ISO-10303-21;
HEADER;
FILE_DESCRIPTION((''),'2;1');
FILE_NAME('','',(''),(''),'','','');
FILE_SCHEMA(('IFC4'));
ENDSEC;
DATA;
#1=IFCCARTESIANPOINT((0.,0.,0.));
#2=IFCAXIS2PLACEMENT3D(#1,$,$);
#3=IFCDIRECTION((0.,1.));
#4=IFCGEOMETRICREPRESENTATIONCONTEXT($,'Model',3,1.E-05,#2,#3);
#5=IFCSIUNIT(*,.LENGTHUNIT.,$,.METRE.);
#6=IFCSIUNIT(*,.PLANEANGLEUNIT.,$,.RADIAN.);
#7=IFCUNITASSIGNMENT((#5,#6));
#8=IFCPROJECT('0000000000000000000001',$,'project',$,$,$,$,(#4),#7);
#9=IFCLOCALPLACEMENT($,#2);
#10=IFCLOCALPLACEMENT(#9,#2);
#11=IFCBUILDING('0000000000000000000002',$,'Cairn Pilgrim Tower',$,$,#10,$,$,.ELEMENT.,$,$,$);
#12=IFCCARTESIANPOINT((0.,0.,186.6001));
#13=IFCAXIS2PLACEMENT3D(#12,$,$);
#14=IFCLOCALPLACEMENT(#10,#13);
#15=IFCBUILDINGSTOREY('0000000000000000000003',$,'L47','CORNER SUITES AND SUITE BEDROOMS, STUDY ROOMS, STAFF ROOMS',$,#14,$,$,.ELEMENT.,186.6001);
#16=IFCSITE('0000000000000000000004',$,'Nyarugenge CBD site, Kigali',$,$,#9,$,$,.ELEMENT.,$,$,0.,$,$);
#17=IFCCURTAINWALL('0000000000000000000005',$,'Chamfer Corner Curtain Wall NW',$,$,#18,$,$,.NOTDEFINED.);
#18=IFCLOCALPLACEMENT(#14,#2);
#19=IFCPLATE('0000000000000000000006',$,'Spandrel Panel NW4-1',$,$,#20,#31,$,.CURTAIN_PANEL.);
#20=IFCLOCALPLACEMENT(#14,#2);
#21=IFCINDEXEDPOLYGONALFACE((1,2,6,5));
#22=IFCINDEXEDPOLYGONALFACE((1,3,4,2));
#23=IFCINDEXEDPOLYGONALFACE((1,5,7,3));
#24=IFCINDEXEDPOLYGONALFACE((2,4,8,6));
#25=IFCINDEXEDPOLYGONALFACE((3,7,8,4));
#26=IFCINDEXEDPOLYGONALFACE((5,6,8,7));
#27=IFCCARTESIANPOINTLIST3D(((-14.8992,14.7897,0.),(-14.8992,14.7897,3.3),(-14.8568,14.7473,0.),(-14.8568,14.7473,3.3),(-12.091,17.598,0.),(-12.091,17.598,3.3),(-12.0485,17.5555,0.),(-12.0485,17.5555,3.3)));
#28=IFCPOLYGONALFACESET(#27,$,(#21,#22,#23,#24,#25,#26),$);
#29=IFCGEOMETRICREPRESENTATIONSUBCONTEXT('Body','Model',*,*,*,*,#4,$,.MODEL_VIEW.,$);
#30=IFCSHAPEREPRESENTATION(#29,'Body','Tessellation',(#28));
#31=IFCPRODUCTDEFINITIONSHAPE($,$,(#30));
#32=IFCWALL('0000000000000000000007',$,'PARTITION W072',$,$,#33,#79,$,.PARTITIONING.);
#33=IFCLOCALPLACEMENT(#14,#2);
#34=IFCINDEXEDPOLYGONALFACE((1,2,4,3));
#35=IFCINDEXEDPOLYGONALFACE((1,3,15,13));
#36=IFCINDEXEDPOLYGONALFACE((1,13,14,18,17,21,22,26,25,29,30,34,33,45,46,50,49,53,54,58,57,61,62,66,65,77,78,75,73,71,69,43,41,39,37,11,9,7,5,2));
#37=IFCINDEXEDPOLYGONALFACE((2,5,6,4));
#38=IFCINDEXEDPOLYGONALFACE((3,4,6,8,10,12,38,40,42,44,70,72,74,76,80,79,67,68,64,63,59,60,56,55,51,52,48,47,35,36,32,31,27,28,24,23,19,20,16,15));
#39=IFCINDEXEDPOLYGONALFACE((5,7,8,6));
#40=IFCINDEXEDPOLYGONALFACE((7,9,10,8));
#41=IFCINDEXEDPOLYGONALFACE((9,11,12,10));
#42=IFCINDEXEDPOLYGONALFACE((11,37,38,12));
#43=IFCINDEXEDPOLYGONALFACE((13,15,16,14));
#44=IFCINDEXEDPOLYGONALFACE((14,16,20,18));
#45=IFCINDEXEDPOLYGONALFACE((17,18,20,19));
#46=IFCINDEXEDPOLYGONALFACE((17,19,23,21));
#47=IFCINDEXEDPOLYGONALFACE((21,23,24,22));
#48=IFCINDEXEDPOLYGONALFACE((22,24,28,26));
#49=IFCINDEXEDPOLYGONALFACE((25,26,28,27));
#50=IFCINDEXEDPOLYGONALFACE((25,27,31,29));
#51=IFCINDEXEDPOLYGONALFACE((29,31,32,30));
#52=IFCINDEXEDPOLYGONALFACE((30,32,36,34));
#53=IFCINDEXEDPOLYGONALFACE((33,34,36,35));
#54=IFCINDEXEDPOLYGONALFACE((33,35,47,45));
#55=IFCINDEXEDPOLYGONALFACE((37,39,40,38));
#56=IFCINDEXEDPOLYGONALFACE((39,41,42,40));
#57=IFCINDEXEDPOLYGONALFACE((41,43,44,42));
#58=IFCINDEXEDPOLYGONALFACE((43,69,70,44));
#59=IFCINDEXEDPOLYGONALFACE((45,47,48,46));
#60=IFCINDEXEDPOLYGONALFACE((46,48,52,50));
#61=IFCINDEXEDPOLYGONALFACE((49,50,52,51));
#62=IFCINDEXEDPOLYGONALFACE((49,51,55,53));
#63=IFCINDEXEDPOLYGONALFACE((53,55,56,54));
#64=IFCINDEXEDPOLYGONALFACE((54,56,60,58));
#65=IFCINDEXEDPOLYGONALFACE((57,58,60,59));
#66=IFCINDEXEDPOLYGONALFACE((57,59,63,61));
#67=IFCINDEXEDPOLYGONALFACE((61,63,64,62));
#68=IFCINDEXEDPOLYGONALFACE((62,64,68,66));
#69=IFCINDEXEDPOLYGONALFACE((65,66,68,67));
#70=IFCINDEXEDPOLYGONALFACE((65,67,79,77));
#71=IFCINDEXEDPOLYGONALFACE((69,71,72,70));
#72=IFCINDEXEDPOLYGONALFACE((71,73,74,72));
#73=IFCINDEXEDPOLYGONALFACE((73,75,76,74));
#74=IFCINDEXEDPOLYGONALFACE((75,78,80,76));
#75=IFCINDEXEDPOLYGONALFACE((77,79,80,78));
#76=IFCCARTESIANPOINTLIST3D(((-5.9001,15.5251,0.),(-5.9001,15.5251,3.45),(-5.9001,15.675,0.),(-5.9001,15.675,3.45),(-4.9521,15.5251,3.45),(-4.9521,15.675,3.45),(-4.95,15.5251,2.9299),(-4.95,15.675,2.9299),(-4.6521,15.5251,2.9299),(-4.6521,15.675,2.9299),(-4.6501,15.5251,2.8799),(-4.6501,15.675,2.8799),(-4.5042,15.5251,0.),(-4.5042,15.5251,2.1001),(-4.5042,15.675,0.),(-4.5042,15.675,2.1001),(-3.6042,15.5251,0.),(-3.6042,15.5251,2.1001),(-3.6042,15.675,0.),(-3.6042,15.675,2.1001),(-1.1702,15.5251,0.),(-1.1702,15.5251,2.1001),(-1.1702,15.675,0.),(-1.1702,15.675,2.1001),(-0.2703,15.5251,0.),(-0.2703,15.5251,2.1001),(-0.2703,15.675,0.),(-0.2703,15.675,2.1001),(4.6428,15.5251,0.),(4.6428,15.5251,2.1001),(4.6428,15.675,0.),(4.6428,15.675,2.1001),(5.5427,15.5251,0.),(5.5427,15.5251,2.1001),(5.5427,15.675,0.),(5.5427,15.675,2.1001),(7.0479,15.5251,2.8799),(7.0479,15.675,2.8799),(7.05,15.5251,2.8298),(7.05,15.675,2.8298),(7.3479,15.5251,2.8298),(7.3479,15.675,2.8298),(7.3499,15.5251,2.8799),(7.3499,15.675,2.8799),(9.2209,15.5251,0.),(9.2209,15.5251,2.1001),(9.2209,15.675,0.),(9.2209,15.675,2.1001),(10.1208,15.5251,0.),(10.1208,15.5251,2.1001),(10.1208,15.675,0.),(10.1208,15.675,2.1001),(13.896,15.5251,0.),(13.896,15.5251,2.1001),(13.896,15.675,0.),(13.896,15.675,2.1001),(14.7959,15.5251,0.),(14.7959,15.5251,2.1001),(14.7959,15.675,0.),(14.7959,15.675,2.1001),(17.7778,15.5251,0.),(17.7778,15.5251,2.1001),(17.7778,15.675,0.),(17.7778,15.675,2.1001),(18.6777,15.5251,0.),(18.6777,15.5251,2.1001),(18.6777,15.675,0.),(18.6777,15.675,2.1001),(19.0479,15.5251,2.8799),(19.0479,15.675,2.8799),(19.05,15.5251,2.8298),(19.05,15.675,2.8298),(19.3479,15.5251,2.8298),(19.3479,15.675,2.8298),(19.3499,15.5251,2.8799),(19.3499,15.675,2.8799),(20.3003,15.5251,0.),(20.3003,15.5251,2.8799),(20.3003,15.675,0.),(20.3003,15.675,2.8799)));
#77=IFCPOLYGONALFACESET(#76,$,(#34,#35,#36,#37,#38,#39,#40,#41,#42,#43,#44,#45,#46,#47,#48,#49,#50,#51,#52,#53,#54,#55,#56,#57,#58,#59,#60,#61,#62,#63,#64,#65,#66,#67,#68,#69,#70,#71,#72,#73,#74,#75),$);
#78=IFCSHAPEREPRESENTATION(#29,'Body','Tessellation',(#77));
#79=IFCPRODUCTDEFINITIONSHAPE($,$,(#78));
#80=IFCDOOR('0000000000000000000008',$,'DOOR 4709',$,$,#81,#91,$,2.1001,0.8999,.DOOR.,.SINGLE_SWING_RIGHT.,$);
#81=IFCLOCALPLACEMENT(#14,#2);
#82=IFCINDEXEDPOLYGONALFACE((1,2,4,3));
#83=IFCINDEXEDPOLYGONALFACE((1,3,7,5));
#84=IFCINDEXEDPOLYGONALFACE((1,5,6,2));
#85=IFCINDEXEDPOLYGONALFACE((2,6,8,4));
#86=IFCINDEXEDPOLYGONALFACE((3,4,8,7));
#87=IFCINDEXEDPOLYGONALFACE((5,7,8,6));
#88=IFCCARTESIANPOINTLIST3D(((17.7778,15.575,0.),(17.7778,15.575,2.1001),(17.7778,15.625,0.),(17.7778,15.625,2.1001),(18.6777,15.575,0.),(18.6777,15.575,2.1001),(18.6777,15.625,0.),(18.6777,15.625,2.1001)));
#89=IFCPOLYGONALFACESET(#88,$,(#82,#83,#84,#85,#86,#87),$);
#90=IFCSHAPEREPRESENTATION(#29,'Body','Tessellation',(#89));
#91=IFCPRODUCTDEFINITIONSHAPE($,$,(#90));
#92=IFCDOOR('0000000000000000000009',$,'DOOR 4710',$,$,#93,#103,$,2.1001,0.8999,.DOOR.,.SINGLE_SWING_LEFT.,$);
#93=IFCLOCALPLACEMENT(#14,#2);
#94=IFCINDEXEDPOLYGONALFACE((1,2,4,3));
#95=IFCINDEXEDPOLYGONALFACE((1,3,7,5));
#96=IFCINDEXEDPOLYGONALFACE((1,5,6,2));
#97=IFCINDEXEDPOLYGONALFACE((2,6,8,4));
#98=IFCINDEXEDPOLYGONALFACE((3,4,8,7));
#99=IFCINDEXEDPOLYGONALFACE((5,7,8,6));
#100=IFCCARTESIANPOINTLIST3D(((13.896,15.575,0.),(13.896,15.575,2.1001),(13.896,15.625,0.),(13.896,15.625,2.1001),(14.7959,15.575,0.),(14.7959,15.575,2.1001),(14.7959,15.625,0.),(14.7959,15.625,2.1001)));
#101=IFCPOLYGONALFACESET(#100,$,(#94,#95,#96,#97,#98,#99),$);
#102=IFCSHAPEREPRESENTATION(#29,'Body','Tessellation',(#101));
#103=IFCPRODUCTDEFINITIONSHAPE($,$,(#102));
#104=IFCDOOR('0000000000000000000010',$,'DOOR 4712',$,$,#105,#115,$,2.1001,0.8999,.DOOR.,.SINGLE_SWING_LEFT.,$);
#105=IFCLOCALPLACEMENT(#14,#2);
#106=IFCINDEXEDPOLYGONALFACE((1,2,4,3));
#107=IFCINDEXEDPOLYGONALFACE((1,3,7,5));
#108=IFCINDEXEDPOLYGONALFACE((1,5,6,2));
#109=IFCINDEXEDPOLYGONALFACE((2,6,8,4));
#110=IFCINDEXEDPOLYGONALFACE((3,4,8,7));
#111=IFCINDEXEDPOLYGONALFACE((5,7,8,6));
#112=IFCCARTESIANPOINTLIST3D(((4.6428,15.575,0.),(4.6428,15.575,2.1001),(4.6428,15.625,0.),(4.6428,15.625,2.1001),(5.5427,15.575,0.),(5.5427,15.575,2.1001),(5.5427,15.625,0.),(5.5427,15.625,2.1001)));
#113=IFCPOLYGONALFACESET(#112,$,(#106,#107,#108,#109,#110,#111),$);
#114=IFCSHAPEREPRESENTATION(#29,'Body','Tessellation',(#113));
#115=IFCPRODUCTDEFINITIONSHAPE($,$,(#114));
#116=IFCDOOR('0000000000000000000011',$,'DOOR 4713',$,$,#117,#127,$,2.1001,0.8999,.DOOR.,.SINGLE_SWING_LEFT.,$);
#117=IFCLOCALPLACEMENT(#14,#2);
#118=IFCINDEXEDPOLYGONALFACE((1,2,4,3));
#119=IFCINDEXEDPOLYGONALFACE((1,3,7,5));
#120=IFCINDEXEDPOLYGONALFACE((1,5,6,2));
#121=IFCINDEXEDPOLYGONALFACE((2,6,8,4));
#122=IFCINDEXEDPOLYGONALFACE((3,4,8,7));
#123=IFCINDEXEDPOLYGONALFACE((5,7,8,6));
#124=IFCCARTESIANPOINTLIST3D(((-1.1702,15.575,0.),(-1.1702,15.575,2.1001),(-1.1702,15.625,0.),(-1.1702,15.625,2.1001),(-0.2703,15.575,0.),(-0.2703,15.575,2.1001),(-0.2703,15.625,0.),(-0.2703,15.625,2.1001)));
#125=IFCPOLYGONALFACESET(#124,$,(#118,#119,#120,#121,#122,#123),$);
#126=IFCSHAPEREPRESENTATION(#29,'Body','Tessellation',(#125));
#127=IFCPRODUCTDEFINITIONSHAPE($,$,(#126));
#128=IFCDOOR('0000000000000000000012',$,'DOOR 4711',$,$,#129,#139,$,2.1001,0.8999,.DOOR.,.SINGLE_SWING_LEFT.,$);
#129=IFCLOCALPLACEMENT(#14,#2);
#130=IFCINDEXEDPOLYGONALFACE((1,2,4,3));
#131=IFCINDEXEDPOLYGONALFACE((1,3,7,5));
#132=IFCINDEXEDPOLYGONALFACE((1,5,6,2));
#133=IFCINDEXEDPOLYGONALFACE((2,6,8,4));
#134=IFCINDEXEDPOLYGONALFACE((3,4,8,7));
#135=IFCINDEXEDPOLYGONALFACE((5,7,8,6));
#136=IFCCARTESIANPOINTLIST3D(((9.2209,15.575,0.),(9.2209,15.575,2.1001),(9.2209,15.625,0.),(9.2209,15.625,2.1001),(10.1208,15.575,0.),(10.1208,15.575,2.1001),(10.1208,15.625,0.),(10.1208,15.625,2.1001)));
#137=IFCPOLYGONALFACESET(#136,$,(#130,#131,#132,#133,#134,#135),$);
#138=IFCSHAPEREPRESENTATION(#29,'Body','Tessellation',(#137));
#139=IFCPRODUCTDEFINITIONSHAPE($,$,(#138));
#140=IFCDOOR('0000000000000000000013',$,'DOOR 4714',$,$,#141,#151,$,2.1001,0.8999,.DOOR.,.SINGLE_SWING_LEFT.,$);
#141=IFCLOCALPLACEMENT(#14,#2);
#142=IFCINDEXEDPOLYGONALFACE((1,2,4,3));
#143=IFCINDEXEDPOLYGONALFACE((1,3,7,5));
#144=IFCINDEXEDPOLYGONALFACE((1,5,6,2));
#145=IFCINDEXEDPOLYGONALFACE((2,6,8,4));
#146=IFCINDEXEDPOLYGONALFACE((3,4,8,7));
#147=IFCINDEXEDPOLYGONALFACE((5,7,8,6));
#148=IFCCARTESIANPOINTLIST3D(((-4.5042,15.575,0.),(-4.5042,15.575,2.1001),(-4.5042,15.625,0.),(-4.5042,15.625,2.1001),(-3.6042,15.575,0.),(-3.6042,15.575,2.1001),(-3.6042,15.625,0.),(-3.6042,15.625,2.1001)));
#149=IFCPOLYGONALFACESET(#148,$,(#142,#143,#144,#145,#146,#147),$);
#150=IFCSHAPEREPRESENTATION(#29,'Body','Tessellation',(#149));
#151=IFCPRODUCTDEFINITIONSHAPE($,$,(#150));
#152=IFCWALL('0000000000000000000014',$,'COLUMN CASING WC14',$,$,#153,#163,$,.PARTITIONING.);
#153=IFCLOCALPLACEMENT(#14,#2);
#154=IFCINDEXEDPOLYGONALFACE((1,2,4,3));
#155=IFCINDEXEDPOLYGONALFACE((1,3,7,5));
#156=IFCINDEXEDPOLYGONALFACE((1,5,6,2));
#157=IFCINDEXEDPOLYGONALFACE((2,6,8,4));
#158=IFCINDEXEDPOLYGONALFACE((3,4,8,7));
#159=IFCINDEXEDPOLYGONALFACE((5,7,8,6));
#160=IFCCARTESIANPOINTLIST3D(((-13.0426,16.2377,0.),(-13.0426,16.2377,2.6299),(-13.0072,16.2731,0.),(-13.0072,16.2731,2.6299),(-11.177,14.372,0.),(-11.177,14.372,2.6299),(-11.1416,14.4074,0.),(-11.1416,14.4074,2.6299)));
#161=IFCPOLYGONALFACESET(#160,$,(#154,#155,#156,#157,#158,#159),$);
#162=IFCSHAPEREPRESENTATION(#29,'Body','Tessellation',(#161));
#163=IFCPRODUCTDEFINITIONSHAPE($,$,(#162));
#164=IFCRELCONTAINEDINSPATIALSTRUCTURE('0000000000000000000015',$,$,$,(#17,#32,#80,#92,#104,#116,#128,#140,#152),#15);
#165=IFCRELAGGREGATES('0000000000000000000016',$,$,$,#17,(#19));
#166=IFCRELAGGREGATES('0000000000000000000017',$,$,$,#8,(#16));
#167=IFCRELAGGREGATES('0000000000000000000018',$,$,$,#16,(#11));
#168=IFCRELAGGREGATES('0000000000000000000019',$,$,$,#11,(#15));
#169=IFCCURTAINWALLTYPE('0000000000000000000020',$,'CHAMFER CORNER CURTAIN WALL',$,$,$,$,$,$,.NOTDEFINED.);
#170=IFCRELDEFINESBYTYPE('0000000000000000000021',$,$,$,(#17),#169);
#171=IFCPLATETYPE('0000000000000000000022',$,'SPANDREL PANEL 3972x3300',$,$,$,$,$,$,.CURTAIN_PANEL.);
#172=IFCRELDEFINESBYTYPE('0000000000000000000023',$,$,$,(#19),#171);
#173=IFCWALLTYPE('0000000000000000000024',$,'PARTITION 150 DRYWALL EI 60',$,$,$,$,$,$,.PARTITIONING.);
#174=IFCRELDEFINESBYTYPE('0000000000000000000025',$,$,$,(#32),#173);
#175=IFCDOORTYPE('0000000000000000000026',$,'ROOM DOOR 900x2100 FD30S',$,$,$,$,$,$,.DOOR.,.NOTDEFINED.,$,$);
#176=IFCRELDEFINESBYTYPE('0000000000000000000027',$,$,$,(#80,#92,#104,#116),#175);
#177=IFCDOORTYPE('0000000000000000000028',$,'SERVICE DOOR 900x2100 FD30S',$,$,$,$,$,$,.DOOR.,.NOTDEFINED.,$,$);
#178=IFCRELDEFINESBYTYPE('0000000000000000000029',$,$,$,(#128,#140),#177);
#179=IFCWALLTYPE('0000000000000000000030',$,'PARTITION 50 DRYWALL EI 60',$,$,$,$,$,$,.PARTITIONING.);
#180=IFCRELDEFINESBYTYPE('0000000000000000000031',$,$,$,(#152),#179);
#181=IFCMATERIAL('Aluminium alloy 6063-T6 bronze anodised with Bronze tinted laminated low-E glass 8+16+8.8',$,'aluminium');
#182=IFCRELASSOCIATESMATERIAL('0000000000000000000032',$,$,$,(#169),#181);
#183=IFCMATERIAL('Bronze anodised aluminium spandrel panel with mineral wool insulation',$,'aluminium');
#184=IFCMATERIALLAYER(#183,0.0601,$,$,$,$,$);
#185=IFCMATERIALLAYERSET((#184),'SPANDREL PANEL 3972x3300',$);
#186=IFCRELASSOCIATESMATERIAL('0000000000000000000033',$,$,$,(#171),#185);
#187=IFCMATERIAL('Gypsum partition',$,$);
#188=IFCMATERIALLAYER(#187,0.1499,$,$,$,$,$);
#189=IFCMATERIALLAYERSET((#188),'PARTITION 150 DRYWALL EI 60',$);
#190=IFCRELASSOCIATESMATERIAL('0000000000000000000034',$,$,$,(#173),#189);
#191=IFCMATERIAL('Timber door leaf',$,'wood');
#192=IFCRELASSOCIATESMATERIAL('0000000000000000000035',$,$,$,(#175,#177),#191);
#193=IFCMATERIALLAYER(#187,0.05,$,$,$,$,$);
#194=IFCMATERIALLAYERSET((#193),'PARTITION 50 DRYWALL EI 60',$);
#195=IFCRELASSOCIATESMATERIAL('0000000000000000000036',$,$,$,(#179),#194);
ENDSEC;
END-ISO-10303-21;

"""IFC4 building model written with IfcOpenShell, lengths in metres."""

from ifc_helpers import new_model, si_unit, direction, frame, frame_2d, origin, origin_2d, place, context, subcontext, project, spatial, polyline, rectangle, outline, extrude, material, layer, layer_set, type_object, element, fill, aggregate, save


model = new_model("IFC4")

# Units and contexts
model_context = context("Model", 3, precision=1e-05, world=origin(), true_north=direction((0.0, 1.0)))
body_context = subcontext(model_context, "Body", "Model", "MODEL_VIEW")
ifc_project = project(units=[si_unit("LENGTHUNIT", "METRE"), si_unit("PLANEANGLEUNIT", "RADIAN")], contexts=[model_context])

# Site, building, storey
site_placement = place(None, origin())
site = spatial("IfcSite", under=ifc_project, at=site_placement, Name="Nyarugenge CBD site, Kigali", CompositionType="ELEMENT", RefElevation=0.0)
building_placement = place(site_placement, origin())
building = spatial("IfcBuilding", under=site, at=building_placement, Name="Cairn Pilgrim Tower", CompositionType="ELEMENT")
storey_placement = place(building_placement, frame((0.0, 0.0, 186.6001)))
storey = spatial("IfcBuildingStorey", under=building, at=storey_placement, Name="L47", Description="CORNER SUITES AND SUITE BEDROOMS, STUDY ROOMS, STAFF ROOMS", CompositionType="ELEMENT", Elevation=186.6001)

# Curtain wall
ifc_material_1 = material(Name="Aluminium alloy 6063-T6 bronze anodised with Bronze tinted laminated low-E glass 8+16+8.8", Category="aluminium")
curtain_wall_type = type_object("IfcCurtainWallType", Name="CHAMFER CORNER CURTAIN WALL", PredefinedType="NOTDEFINED", material=ifc_material_1)
curtain_wall_placement = place(storey_placement, origin())
curtain_wall = element("IfcCurtainWall", 1, at=curtain_wall_placement, inside=storey, type_object=curtain_wall_type, Name="Chamfer Corner Curtain Wall NW", PredefinedType="NOTDEFINED")

# Plate
ifc_material_2 = material(Name="Bronze anodised aluminium spandrel panel with mineral wool insulation", Category="aluminium")
ifc_layer_1 = layer(ifc_material_2, 0.0601)
ifc_layer_set_1 = layer_set([ifc_layer_1], Name="SPANDREL PANEL 3972x3300")
plate_type = type_object("IfcPlateType", Name="SPANDREL PANEL 3972x3300", PredefinedType="CURTAIN_PANEL", material=ifc_layer_set_1)
plate_placement = place(storey_placement, frame((-13.4739, 16.1726, 0.0), z_axis=(0.0, 0.0, 1.0), x_axis=(-0.707107, -0.707107, 0.0)))
plate = element("IfcPlate", 2, at=plate_placement, type_object=plate_type, Name="Spandrel Panel NW4-1", PredefinedType="CURTAIN_PANEL", context=body_context, shape_type="SweptSolid", body=[
    extrude(rectangle(XDim=3.9714, YDim=0.0601, at=origin_2d()), origin(), (0.0, 0.0, 1.0), 3.3),
])
aggregate(curtain_wall, [plate])

# Wall, openings, doors
ifc_material_3 = material(Name="Gypsum partition")
ifc_layer_2 = layer(ifc_material_3, 0.1499)
ifc_layer_set_2 = layer_set([ifc_layer_2], Name="PARTITION 150 DRYWALL EI 60")
wall_type_1 = type_object("IfcWallType", Name="PARTITION 150 DRYWALL EI 60", PredefinedType="PARTITIONING", material=ifc_layer_set_2)
wall_1_placement = place(storey_placement, frame((-5.9001, 15.6001, 0.0), z_axis=(0.0, 0.0, 1.0), x_axis=(1.0, 0.0, 0.0)))
wall_1 = element("IfcWall", 3, at=wall_1_placement, inside=storey, type_object=wall_type_1, Name="PARTITION W072", PredefinedType="PARTITIONING", context=body_context, shape_type="SweptSolid", body=[
    extrude(outline(polyline([(0.0, 0.0), (26.2004, 0.0), (26.2004, 2.8799), (25.25, 2.8799), (25.248, 2.8298), (24.9502, 2.8298), (24.948, 2.8799), (13.25, 2.8799), (13.248, 2.8298), (12.9502, 2.8298), (12.948, 2.8799), (1.25, 2.8799), (1.248, 2.9299), (0.9502, 2.9299), (0.948, 3.45), (0.0, 3.45), (0.0, 0.0)])), frame((0.0, 0.075, 0.0), z_axis=(0.0, -1.0, 0.0), x_axis=(1.0, 0.0, 0.0)), (0.0, 0.0, 1.0), 0.1499),
])
opening_1_placement = place(wall_1_placement, frame((23.678, 0.0, 0.0)))
opening_1 = element("IfcOpeningElement", 4, at=opening_1_placement, cuts=wall_1, PredefinedType="OPENING", context=body_context, shape_type="SweptSolid", body=[
    extrude(rectangle(XDim=0.8999, YDim=2.1001, at=frame_2d((0.45, 1.05))), frame((0.0, 0.085, 0.0), z_axis=(0.0, -1.0, 0.0), x_axis=(1.0, 0.0, 0.0)), (0.0, 0.0, 1.0), 0.1699),
])
opening_2_placement = place(wall_1_placement, frame((19.7961, 0.0, 0.0)))
opening_2 = element("IfcOpeningElement", 5, at=opening_2_placement, cuts=wall_1, PredefinedType="OPENING", context=body_context, shape_type="SweptSolid", body=[
    extrude(rectangle(XDim=0.8999, YDim=2.1001, at=frame_2d((0.45, 1.05))), frame((0.0, 0.085, 0.0), z_axis=(0.0, -1.0, 0.0), x_axis=(1.0, 0.0, 0.0)), (0.0, 0.0, 1.0), 0.1699),
])
opening_3_placement = place(wall_1_placement, frame((15.1211, 0.0, 0.0)))
opening_3 = element("IfcOpeningElement", 6, at=opening_3_placement, cuts=wall_1, PredefinedType="OPENING", context=body_context, shape_type="SweptSolid", body=[
    extrude(rectangle(XDim=0.8999, YDim=2.1001, at=frame_2d((0.45, 1.05))), frame((0.0, 0.085, 0.0), z_axis=(0.0, -1.0, 0.0), x_axis=(1.0, 0.0, 0.0)), (0.0, 0.0, 1.0), 0.1699),
])
opening_4_placement = place(wall_1_placement, frame((10.543, 0.0, 0.0)))
opening_4 = element("IfcOpeningElement", 7, at=opening_4_placement, cuts=wall_1, PredefinedType="OPENING", context=body_context, shape_type="SweptSolid", body=[
    extrude(rectangle(XDim=0.8999, YDim=2.1001, at=frame_2d((0.45, 1.05))), frame((0.0, 0.085, 0.0), z_axis=(0.0, -1.0, 0.0), x_axis=(1.0, 0.0, 0.0)), (0.0, 0.0, 1.0), 0.1699),
])
opening_5_placement = place(wall_1_placement, frame((4.73, 0.0, 0.0)))
opening_5 = element("IfcOpeningElement", 8, at=opening_5_placement, cuts=wall_1, PredefinedType="OPENING", context=body_context, shape_type="SweptSolid", body=[
    extrude(rectangle(XDim=0.8999, YDim=2.1001, at=frame_2d((0.45, 1.05))), frame((0.0, 0.085, 0.0), z_axis=(0.0, -1.0, 0.0), x_axis=(1.0, 0.0, 0.0)), (0.0, 0.0, 1.0), 0.1699),
])
opening_6_placement = place(wall_1_placement, frame((1.396, 0.0, 0.0)))
opening_6 = element("IfcOpeningElement", 9, at=opening_6_placement, cuts=wall_1, PredefinedType="OPENING", context=body_context, shape_type="SweptSolid", body=[
    extrude(rectangle(XDim=0.8999, YDim=2.1001, at=frame_2d((0.45, 1.05))), frame((0.0, 0.085, 0.0), z_axis=(0.0, -1.0, 0.0), x_axis=(1.0, 0.0, 0.0)), (0.0, 0.0, 1.0), 0.1699),
])
ifc_material_4 = material(Name="Timber door leaf", Category="wood")
door_type_1 = type_object("IfcDoorType", Name="ROOM DOOR 900x2100 FD30S", OperationType="NOTDEFINED", PredefinedType="DOOR", material=ifc_material_4)
door_1_placement = place(opening_1_placement, origin())
door_1 = element("IfcDoor", 10, at=door_1_placement, inside=storey, type_object=door_type_1, Name="DOOR 4709", OperationType="SINGLE_SWING_RIGHT", OverallHeight=2.1001, OverallWidth=0.8999, PredefinedType="DOOR", context=body_context, shape_type="SweptSolid", body=[
    extrude(rectangle(XDim=0.8999, YDim=2.1001, at=frame_2d((0.45, 1.05))), frame((0.0, 0.0249, 0.0), z_axis=(0.0, -1.0, 0.0), x_axis=(1.0, 0.0, 0.0)), (0.0, 0.0, 1.0), 0.05),
])
fill(opening_1, door_1)
door_2_placement = place(opening_2_placement, origin())
door_2 = element("IfcDoor", 11, at=door_2_placement, inside=storey, type_object=door_type_1, Name="DOOR 4710", OperationType="SINGLE_SWING_LEFT", OverallHeight=2.1001, OverallWidth=0.8999, PredefinedType="DOOR", context=body_context, shape_type="SweptSolid", body=[
    extrude(rectangle(XDim=0.8999, YDim=2.1001, at=frame_2d((0.45, 1.05))), frame((0.0, 0.0249, 0.0), z_axis=(0.0, -1.0, 0.0), x_axis=(1.0, 0.0, 0.0)), (0.0, 0.0, 1.0), 0.05),
])
fill(opening_2, door_2)
door_3_placement = place(opening_4_placement, origin())
door_3 = element("IfcDoor", 12, at=door_3_placement, inside=storey, type_object=door_type_1, Name="DOOR 4712", OperationType="SINGLE_SWING_LEFT", OverallHeight=2.1001, OverallWidth=0.8999, PredefinedType="DOOR", context=body_context, shape_type="SweptSolid", body=[
    extrude(rectangle(XDim=0.8999, YDim=2.1001, at=frame_2d((0.45, 1.05))), frame((0.0, 0.0249, 0.0), z_axis=(0.0, -1.0, 0.0), x_axis=(1.0, 0.0, 0.0)), (0.0, 0.0, 1.0), 0.05),
])
fill(opening_4, door_3)
door_4_placement = place(opening_5_placement, origin())
door_4 = element("IfcDoor", 13, at=door_4_placement, inside=storey, type_object=door_type_1, Name="DOOR 4713", OperationType="SINGLE_SWING_LEFT", OverallHeight=2.1001, OverallWidth=0.8999, PredefinedType="DOOR", context=body_context, shape_type="SweptSolid", body=[
    extrude(rectangle(XDim=0.8999, YDim=2.1001, at=frame_2d((0.45, 1.05))), frame((0.0, 0.0249, 0.0), z_axis=(0.0, -1.0, 0.0), x_axis=(1.0, 0.0, 0.0)), (0.0, 0.0, 1.0), 0.05),
])
fill(opening_5, door_4)
door_type_2 = type_object("IfcDoorType", Name="SERVICE DOOR 900x2100 FD30S", OperationType="NOTDEFINED", PredefinedType="DOOR", material=ifc_material_4)
door_5_placement = place(opening_3_placement, origin())
door_5 = element("IfcDoor", 14, at=door_5_placement, inside=storey, type_object=door_type_2, Name="DOOR 4711", OperationType="SINGLE_SWING_LEFT", OverallHeight=2.1001, OverallWidth=0.8999, PredefinedType="DOOR", context=body_context, shape_type="SweptSolid", body=[
    extrude(rectangle(XDim=0.8999, YDim=2.1001, at=frame_2d((0.45, 1.05))), frame((0.0, 0.0249, 0.0), z_axis=(0.0, -1.0, 0.0), x_axis=(1.0, 0.0, 0.0)), (0.0, 0.0, 1.0), 0.05),
])
fill(opening_3, door_5)
door_6_placement = place(opening_6_placement, origin())
door_6 = element("IfcDoor", 15, at=door_6_placement, inside=storey, type_object=door_type_2, Name="DOOR 4714", OperationType="SINGLE_SWING_LEFT", OverallHeight=2.1001, OverallWidth=0.8999, PredefinedType="DOOR", context=body_context, shape_type="SweptSolid", body=[
    extrude(rectangle(XDim=0.8999, YDim=2.1001, at=frame_2d((0.45, 1.05))), frame((0.0, 0.0249, 0.0), z_axis=(0.0, -1.0, 0.0), x_axis=(1.0, 0.0, 0.0)), (0.0, 0.0, 1.0), 0.05),
])
fill(opening_6, door_6)

# Wall
ifc_layer_3 = layer(ifc_material_3, 0.05)
ifc_layer_set_3 = layer_set([ifc_layer_3], Name="PARTITION 50 DRYWALL EI 60")
wall_type_2 = type_object("IfcWallType", Name="PARTITION 50 DRYWALL EI 60", PredefinedType="PARTITIONING", material=ifc_layer_set_3)
for number, where, z_axis, x_axis, name in (
    (16, (-11.1592, 14.3896, 0.0), (0.0, 0.0, 1.0), (-0.707107, 0.707107, 0.0), "COLUMN CASING WC14"),
):
    element("IfcWall", number, at=place(storey_placement, frame(where, z_axis=z_axis, x_axis=x_axis)), inside=storey, type_object=wall_type_2, Name=name, PredefinedType="PARTITIONING", context=body_context, shape_type="SweptSolid", body=[
        extrude(rectangle(XDim=2.6384, YDim=0.05, at=frame_2d((1.3193, 0.0))), origin(), (0.0, 0.0, 1.0), 2.6299),
    ])

save(model, "model.ifc")
